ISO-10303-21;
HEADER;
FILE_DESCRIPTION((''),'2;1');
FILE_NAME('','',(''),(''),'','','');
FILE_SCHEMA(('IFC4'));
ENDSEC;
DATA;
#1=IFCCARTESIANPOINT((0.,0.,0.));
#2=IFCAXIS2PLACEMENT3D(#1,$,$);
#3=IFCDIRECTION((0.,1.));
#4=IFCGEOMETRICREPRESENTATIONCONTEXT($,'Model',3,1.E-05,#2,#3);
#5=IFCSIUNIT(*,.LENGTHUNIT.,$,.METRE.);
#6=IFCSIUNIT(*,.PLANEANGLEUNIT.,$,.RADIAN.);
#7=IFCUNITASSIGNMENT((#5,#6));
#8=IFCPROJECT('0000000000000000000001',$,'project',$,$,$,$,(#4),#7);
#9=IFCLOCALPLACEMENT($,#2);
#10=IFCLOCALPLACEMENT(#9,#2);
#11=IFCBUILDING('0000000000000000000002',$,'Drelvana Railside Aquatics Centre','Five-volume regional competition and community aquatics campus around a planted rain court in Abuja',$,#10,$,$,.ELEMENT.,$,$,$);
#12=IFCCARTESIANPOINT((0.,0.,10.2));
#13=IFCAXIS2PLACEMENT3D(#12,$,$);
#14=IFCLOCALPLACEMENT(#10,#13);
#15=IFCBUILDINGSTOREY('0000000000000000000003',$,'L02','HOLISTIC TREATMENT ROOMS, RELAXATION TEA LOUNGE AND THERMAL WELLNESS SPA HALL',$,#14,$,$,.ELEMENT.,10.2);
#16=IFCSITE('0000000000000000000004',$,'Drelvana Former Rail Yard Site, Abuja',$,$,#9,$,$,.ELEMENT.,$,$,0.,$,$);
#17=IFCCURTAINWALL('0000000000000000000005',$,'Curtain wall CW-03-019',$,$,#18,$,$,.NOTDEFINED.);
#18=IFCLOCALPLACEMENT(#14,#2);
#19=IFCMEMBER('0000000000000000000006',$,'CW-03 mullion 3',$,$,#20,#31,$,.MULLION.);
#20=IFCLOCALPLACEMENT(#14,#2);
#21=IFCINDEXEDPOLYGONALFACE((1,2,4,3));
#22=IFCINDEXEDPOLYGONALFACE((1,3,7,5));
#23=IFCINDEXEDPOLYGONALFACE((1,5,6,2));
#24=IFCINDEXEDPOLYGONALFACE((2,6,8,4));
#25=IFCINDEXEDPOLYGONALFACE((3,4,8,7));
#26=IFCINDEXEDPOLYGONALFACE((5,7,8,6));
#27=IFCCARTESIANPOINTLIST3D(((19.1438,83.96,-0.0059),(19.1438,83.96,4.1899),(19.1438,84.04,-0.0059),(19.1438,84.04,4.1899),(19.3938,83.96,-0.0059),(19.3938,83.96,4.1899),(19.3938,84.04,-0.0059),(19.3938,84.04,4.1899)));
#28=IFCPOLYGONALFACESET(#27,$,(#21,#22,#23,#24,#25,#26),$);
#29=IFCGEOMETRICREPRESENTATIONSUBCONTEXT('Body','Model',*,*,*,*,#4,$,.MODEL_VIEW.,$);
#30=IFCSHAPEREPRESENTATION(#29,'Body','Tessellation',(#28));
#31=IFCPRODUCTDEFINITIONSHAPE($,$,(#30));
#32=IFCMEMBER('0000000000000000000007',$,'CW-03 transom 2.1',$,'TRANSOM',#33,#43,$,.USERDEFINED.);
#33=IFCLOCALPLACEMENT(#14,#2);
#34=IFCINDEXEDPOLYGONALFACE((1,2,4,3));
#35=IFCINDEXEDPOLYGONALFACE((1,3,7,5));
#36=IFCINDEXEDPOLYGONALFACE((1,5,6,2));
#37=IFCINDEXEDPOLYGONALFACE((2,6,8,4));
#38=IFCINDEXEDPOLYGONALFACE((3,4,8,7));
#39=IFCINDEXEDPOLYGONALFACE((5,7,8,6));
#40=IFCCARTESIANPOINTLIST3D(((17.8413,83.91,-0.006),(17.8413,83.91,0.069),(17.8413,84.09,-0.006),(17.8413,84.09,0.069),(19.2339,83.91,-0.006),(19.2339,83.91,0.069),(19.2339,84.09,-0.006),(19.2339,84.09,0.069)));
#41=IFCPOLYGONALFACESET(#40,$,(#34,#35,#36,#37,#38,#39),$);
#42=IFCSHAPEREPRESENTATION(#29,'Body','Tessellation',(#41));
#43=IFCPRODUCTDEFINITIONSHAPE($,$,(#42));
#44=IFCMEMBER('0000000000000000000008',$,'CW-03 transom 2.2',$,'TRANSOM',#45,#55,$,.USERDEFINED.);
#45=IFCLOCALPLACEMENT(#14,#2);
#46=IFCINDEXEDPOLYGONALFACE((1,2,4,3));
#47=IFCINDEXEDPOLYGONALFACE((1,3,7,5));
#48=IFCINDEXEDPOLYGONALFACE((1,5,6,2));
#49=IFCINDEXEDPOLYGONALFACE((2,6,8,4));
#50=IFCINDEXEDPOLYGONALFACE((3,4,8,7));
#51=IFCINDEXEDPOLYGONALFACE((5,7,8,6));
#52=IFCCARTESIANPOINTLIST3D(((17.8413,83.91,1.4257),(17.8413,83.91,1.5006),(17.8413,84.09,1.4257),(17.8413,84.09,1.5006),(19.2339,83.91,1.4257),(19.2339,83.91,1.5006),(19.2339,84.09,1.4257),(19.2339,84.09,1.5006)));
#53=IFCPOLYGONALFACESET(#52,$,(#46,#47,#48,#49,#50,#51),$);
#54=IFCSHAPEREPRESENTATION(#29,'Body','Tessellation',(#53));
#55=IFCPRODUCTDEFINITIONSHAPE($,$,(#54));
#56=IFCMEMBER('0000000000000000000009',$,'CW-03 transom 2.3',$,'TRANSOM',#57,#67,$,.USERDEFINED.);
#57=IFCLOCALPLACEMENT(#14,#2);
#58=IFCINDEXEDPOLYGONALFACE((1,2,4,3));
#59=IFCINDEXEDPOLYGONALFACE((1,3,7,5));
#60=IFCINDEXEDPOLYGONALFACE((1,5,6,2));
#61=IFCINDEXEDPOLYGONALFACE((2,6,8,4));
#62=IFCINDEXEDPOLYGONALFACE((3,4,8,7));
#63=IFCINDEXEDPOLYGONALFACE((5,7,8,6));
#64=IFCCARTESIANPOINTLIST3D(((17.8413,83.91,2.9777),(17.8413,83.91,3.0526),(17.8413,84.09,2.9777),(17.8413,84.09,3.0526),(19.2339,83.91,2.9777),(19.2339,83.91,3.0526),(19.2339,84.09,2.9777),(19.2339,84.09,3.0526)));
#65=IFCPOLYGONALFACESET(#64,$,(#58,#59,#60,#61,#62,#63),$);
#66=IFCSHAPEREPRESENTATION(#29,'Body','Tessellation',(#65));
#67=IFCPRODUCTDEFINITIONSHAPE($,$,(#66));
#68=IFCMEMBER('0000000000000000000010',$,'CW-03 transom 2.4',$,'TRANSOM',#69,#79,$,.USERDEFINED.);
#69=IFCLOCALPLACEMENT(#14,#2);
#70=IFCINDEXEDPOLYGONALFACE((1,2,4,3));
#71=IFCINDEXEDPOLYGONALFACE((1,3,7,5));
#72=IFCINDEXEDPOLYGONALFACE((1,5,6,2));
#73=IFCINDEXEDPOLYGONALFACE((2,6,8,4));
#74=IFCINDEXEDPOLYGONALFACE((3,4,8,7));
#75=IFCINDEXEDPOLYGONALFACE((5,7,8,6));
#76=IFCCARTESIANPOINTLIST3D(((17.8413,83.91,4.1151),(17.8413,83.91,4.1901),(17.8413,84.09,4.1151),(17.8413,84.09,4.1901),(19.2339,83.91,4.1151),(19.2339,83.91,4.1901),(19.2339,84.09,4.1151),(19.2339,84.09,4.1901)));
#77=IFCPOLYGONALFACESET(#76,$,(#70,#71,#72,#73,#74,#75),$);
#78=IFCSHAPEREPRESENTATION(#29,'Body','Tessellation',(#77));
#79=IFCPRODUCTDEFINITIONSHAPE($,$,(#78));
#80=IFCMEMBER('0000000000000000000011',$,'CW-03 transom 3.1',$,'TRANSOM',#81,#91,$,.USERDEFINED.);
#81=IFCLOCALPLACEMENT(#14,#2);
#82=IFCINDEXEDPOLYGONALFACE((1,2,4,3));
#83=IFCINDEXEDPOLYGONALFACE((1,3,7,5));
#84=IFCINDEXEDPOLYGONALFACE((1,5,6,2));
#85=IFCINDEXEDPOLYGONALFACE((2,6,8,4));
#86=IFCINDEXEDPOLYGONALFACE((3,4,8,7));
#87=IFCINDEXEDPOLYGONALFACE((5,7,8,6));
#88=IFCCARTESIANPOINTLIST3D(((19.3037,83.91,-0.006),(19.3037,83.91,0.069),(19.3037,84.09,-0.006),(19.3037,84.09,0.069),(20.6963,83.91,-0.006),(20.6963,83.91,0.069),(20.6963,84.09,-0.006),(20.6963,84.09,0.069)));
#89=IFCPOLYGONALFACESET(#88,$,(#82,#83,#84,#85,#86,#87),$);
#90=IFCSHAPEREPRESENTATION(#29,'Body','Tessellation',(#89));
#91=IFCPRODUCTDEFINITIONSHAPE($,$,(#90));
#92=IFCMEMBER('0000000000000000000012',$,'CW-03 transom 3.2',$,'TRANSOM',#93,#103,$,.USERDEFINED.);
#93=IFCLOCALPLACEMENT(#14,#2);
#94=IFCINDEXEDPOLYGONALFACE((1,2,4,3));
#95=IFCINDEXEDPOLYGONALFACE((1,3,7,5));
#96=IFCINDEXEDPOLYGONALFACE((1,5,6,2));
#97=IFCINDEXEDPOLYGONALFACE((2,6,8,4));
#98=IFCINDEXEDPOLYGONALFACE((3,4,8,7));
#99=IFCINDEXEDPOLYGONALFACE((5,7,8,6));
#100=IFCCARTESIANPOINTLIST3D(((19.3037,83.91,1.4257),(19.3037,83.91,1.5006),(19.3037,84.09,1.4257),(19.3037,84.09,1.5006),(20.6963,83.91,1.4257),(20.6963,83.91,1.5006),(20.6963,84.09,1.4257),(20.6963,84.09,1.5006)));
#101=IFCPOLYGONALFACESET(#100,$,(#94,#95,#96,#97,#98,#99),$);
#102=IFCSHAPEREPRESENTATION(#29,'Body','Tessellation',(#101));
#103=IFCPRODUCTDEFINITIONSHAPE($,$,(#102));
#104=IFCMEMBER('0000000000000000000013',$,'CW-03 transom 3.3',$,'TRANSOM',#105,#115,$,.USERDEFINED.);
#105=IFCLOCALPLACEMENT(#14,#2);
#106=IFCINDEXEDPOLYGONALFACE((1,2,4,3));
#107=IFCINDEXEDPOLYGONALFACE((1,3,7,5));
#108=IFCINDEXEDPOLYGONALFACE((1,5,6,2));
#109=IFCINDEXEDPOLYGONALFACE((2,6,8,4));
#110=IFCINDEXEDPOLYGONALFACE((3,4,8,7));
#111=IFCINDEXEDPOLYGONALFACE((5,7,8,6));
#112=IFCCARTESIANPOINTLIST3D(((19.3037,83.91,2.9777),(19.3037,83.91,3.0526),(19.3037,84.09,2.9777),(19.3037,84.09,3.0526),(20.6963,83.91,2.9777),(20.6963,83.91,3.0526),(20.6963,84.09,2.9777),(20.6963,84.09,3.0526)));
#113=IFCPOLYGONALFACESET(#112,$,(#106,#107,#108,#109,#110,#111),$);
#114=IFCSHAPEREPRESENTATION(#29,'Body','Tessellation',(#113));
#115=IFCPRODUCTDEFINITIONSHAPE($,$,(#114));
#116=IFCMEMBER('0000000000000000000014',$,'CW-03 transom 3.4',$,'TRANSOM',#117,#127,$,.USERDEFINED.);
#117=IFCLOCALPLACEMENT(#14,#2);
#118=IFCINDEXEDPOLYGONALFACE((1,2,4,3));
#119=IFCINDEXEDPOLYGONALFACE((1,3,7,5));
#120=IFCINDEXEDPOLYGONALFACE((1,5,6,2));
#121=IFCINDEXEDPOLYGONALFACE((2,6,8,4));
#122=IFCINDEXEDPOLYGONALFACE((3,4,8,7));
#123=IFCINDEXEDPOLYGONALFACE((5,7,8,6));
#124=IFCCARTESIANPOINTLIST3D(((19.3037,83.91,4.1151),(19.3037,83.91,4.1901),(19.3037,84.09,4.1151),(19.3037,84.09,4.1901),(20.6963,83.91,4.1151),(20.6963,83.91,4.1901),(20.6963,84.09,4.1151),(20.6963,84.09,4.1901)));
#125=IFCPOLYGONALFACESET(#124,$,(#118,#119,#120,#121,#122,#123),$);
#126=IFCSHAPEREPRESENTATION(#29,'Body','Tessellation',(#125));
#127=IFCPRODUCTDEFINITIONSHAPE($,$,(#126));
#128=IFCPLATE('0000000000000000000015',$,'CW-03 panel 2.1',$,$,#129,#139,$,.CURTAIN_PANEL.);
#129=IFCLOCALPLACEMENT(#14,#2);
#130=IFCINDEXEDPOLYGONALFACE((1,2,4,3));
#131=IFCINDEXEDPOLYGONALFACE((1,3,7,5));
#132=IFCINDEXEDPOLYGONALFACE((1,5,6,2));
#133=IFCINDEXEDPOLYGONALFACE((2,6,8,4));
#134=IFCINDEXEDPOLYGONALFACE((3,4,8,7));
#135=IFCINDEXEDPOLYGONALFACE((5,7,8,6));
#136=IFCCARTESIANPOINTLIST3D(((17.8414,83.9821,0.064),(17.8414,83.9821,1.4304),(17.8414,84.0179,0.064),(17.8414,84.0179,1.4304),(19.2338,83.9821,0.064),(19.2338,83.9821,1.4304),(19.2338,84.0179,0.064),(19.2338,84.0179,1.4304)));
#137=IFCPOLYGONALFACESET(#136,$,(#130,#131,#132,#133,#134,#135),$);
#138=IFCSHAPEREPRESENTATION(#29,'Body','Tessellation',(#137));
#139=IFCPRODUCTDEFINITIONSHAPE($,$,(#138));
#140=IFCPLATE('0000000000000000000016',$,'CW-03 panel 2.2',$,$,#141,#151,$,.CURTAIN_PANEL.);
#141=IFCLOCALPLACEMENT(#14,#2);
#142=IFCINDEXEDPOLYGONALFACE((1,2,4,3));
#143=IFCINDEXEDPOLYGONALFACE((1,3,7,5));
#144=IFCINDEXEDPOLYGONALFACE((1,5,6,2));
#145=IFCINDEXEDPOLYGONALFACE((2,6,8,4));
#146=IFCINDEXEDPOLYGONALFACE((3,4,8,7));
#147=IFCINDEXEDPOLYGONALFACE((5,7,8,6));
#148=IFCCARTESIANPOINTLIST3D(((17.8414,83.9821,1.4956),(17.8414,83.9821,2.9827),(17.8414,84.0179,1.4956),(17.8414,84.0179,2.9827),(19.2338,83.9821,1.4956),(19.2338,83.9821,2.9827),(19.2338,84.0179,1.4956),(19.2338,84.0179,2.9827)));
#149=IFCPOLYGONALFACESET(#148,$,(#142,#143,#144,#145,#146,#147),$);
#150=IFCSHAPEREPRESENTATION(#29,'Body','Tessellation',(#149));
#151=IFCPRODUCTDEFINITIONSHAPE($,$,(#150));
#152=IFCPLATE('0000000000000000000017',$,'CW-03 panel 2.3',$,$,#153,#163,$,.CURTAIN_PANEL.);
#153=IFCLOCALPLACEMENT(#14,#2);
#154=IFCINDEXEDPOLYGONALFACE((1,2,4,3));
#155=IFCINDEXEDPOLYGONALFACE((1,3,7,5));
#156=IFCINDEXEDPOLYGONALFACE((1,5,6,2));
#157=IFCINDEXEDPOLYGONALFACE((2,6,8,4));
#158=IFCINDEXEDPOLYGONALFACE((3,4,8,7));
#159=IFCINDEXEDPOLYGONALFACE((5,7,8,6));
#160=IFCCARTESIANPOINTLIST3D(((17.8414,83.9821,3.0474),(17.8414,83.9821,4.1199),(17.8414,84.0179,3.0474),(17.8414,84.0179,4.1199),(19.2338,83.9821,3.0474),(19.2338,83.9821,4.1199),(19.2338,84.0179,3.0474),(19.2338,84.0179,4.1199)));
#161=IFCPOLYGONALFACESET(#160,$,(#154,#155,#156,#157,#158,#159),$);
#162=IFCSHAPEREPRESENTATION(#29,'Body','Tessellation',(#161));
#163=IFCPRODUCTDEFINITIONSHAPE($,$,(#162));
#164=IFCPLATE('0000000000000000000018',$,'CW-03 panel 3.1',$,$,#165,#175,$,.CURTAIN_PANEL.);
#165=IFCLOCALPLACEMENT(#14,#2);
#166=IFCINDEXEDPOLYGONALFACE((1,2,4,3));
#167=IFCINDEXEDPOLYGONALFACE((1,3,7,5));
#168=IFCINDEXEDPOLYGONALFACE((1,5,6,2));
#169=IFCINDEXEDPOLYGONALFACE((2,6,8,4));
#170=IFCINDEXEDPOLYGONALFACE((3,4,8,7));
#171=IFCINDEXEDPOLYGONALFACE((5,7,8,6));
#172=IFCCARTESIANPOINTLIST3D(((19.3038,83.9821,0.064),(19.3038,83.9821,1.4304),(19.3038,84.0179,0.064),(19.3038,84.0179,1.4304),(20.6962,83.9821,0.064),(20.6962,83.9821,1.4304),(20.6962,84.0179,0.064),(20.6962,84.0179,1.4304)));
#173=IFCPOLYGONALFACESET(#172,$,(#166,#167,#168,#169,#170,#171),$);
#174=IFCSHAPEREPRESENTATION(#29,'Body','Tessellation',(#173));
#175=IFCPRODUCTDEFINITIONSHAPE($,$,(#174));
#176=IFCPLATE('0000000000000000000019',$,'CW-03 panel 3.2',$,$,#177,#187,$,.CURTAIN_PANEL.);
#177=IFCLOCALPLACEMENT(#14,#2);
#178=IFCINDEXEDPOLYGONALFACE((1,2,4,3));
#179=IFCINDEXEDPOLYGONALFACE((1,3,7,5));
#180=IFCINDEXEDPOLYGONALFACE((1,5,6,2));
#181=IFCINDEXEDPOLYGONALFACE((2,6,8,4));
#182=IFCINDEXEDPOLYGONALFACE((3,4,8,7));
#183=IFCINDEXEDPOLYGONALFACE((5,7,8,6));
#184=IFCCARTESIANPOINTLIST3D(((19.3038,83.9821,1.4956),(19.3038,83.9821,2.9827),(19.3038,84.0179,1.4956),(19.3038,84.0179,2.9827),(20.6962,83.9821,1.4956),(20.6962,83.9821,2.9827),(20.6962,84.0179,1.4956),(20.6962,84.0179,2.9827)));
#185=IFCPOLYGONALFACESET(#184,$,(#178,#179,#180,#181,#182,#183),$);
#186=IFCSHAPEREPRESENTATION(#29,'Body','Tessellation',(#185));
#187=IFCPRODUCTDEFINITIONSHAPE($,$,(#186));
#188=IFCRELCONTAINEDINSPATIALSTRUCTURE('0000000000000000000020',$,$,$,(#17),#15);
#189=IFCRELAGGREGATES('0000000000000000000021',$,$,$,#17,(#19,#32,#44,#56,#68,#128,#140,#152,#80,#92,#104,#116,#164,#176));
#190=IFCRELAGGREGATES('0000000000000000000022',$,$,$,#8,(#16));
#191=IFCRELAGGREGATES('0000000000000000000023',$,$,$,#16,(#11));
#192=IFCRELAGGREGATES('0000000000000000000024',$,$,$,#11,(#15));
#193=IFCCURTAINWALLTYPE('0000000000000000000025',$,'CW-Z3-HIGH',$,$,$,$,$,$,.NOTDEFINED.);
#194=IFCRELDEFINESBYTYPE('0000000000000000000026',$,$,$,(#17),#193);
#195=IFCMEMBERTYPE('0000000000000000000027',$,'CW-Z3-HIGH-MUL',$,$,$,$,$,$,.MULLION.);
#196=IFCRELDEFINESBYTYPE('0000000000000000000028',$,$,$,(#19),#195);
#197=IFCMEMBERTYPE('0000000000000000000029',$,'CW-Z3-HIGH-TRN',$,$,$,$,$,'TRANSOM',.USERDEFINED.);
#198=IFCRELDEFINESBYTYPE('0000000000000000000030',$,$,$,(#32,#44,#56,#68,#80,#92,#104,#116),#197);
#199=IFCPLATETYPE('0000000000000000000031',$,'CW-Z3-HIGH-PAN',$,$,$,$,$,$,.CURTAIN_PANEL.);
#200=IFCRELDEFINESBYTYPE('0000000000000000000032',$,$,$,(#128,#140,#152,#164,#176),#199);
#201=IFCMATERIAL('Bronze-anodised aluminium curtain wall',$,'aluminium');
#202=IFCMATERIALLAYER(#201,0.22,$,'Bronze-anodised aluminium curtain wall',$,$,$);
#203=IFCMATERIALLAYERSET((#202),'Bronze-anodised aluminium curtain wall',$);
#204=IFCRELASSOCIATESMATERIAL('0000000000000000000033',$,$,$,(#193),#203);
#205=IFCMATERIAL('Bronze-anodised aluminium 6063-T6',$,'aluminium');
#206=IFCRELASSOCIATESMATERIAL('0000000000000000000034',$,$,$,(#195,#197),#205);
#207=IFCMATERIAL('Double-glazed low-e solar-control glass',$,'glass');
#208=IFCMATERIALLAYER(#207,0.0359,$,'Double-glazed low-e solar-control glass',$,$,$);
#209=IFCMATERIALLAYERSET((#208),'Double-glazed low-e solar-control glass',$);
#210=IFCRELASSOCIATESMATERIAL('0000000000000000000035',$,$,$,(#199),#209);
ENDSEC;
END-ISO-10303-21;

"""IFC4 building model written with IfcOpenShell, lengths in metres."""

from ifc_helpers import new_model, si_unit, direction, frame, origin, origin_2d, place, context, subcontext, project, spatial, rectangle, extrude, material, layer, layer_set, material_profile, profile_set, type_object, element, aggregate, save


model = new_model("IFC4")

# Units and contexts
model_context = context("Model", 3, precision=1e-05, world=origin(), true_north=direction((0.0, 1.0)))
body_context = subcontext(model_context, "Body", "Model", "MODEL_VIEW")
ifc_project = project(units=[si_unit("LENGTHUNIT", "METRE"), si_unit("PLANEANGLEUNIT", "RADIAN")], contexts=[model_context])

# Site, building, storey
site_placement = place(None, origin())
site = spatial("IfcSite", under=ifc_project, at=site_placement, Name="Drelvana Former Rail Yard Site, Abuja", CompositionType="ELEMENT", RefElevation=0.0)
building_placement = place(site_placement, origin())
building = spatial("IfcBuilding", under=site, at=building_placement, Name="Drelvana Railside Aquatics Centre", Description="Five-volume regional competition and community aquatics campus around a planted rain court in Abuja", CompositionType="ELEMENT")
storey_placement = place(building_placement, frame((0.0, 0.0, 10.2)))
storey = spatial("IfcBuildingStorey", under=building, at=storey_placement, Name="L02", Description="HOLISTIC TREATMENT ROOMS, RELAXATION TEA LOUNGE AND THERMAL WELLNESS SPA HALL", CompositionType="ELEMENT", Elevation=10.2)

# Curtain wall, members, plates
ifc_material_1 = material(Name="Bronze-anodised aluminium curtain wall", Category="aluminium")
ifc_layer_1 = layer(ifc_material_1, 0.22, Name="Bronze-anodised aluminium curtain wall")
ifc_layer_set_1 = layer_set([ifc_layer_1], Name="Bronze-anodised aluminium curtain wall")
curtain_wall_type = type_object("IfcCurtainWallType", Name="CW-Z3-HIGH", PredefinedType="NOTDEFINED", material=ifc_layer_set_1)
curtain_wall_placement = place(storey_placement, origin())
curtain_wall = element("IfcCurtainWall", 1, at=curtain_wall_placement, inside=storey, type_object=curtain_wall_type, Name="Curtain wall CW-03-019", PredefinedType="NOTDEFINED")
ifc_material_2 = material(Name="Bronze-anodised aluminium 6063-T6", Category="aluminium")
ifc_material_profile_1 = material_profile(ifc_material_2, rectangle(XDim=0.0801, YDim=0.25, at=origin_2d()), Name="ALU-M 80x250")
ifc_profile_set_1 = profile_set([ifc_material_profile_1], Name="Bronze-anodised aluminium 6063-T6")
member_type_1 = type_object("IfcMemberType", Name="CW-Z3-HIGH-MUL", PredefinedType="MULLION", material=ifc_profile_set_1)
member_1_placement = place(storey_placement, frame((19.2688, 84.0, -0.0059), z_axis=(0.0, 0.0, 1.0), x_axis=(0.0, 1.0, 0.0)))
member_1 = element("IfcMember", 2, at=member_1_placement, type_object=member_type_1, Name="CW-03 mullion 3", PredefinedType="MULLION", context=body_context, shape_type="SweptSolid", body=[
    extrude(rectangle(XDim=0.0801, YDim=0.25, at=origin_2d()), origin(), (0.0, 0.0, 1.0), 4.1958),
])
ifc_material_profile_2 = material_profile(ifc_material_2, rectangle(XDim=0.1799, YDim=0.075, at=origin_2d()), Name="ALU-T 75x180")
ifc_profile_set_2 = profile_set([ifc_material_profile_2], Name="Bronze-anodised aluminium 6063-T6")
member_type_2 = type_object("IfcMemberType", Name="CW-Z3-HIGH-TRN", ElementType="TRANSOM", PredefinedType="USERDEFINED", material=ifc_profile_set_2)
member_2_placement = place(storey_placement, frame((17.8413, 84.0, 0.0315), z_axis=(1.0, 0.0, 0.0), x_axis=(0.0, 1.0, 0.0)))
member_2 = element("IfcMember", 3, at=member_2_placement, type_object=member_type_2, Name="CW-03 transom 2.1", ObjectType="TRANSOM", PredefinedType="USERDEFINED", context=body_context, shape_type="SweptSolid", body=[
    extrude(rectangle(XDim=0.1799, YDim=0.075, at=origin_2d()), origin(), (0.0, 0.0, 1.0), 1.3926),
])
member_3_placement = place(storey_placement, frame((17.8413, 84.0, 1.4631), z_axis=(1.0, 0.0, 0.0), x_axis=(0.0, 1.0, 0.0)))
member_3 = element("IfcMember", 4, at=member_3_placement, type_object=member_type_2, Name="CW-03 transom 2.2", ObjectType="TRANSOM", PredefinedType="USERDEFINED", context=body_context, shape_type="SweptSolid", body=[
    extrude(rectangle(XDim=0.1799, YDim=0.075, at=origin_2d()), origin(), (0.0, 0.0, 1.0), 1.3926),
])
member_4_placement = place(storey_placement, frame((17.8413, 84.0, 3.0151), z_axis=(1.0, 0.0, 0.0), x_axis=(0.0, 1.0, 0.0)))
member_4 = element("IfcMember", 5, at=member_4_placement, type_object=member_type_2, Name="CW-03 transom 2.3", ObjectType="TRANSOM", PredefinedType="USERDEFINED", context=body_context, shape_type="SweptSolid", body=[
    extrude(rectangle(XDim=0.1799, YDim=0.075, at=origin_2d()), origin(), (0.0, 0.0, 1.0), 1.3926),
])
member_5_placement = place(storey_placement, frame((17.8413, 84.0, 4.1526), z_axis=(1.0, 0.0, 0.0), x_axis=(0.0, 1.0, 0.0)))
member_5 = element("IfcMember", 6, at=member_5_placement, type_object=member_type_2, Name="CW-03 transom 2.4", ObjectType="TRANSOM", PredefinedType="USERDEFINED", context=body_context, shape_type="SweptSolid", body=[
    extrude(rectangle(XDim=0.1799, YDim=0.075, at=origin_2d()), origin(), (0.0, 0.0, 1.0), 1.3926),
])
member_6_placement = place(storey_placement, frame((19.3037, 84.0, 0.0315), z_axis=(1.0, 0.0, 0.0), x_axis=(0.0, 1.0, 0.0)))
member_6 = element("IfcMember", 7, at=member_6_placement, type_object=member_type_2, Name="CW-03 transom 3.1", ObjectType="TRANSOM", PredefinedType="USERDEFINED", context=body_context, shape_type="SweptSolid", body=[
    extrude(rectangle(XDim=0.1799, YDim=0.075, at=origin_2d()), origin(), (0.0, 0.0, 1.0), 1.3926),
])
member_7_placement = place(storey_placement, frame((19.3037, 84.0, 1.4631), z_axis=(1.0, 0.0, 0.0), x_axis=(0.0, 1.0, 0.0)))
member_7 = element("IfcMember", 8, at=member_7_placement, type_object=member_type_2, Name="CW-03 transom 3.2", ObjectType="TRANSOM", PredefinedType="USERDEFINED", context=body_context, shape_type="SweptSolid", body=[
    extrude(rectangle(XDim=0.1799, YDim=0.075, at=origin_2d()), origin(), (0.0, 0.0, 1.0), 1.3926),
])
member_8_placement = place(storey_placement, frame((19.3037, 84.0, 3.0151), z_axis=(1.0, 0.0, 0.0), x_axis=(0.0, 1.0, 0.0)))
member_8 = element("IfcMember", 9, at=member_8_placement, type_object=member_type_2, Name="CW-03 transom 3.3", ObjectType="TRANSOM", PredefinedType="USERDEFINED", context=body_context, shape_type="SweptSolid", body=[
    extrude(rectangle(XDim=0.1799, YDim=0.075, at=origin_2d()), origin(), (0.0, 0.0, 1.0), 1.3926),
])
member_9_placement = place(storey_placement, frame((19.3037, 84.0, 4.1526), z_axis=(1.0, 0.0, 0.0), x_axis=(0.0, 1.0, 0.0)))
member_9 = element("IfcMember", 10, at=member_9_placement, type_object=member_type_2, Name="CW-03 transom 3.4", ObjectType="TRANSOM", PredefinedType="USERDEFINED", context=body_context, shape_type="SweptSolid", body=[
    extrude(rectangle(XDim=0.1799, YDim=0.075, at=origin_2d()), origin(), (0.0, 0.0, 1.0), 1.3926),
])
ifc_material_3 = material(Name="Double-glazed low-e solar-control glass", Category="glass")
ifc_layer_2 = layer(ifc_material_3, 0.0359, Name="Double-glazed low-e solar-control glass")
ifc_layer_set_2 = layer_set([ifc_layer_2], Name="Double-glazed low-e solar-control glass")
plate_type = type_object("IfcPlateType", Name="CW-Z3-HIGH-PAN", PredefinedType="CURTAIN_PANEL", material=ifc_layer_set_2)
plate_1_placement = place(storey_placement, frame((18.5376, 84.0, 0.064), z_axis=(0.0, 0.0, 1.0), x_axis=(1.0, 0.0, 0.0)))
plate_1 = element("IfcPlate", 11, at=plate_1_placement, type_object=plate_type, Name="CW-03 panel 2.1", PredefinedType="CURTAIN_PANEL", context=body_context, shape_type="SweptSolid", body=[
    extrude(rectangle(XDim=1.3923, YDim=0.0359, at=origin_2d()), origin(), (0.0, 0.0, 1.0), 1.3665),
])
plate_2_placement = place(storey_placement, frame((18.5376, 84.0, 1.4956), z_axis=(0.0, 0.0, 1.0), x_axis=(1.0, 0.0, 0.0)))
plate_2 = element("IfcPlate", 12, at=plate_2_placement, type_object=plate_type, Name="CW-03 panel 2.2", PredefinedType="CURTAIN_PANEL", context=body_context, shape_type="SweptSolid", body=[
    extrude(rectangle(XDim=1.3923, YDim=0.0359, at=origin_2d()), origin(), (0.0, 0.0, 1.0), 1.4871),
])
plate_3_placement = place(storey_placement, frame((18.5376, 84.0, 3.0474), z_axis=(0.0, 0.0, 1.0), x_axis=(1.0, 0.0, 0.0)))
plate_3 = element("IfcPlate", 13, at=plate_3_placement, type_object=plate_type, Name="CW-03 panel 2.3", PredefinedType="CURTAIN_PANEL", context=body_context, shape_type="SweptSolid", body=[
    extrude(rectangle(XDim=1.3923, YDim=0.0359, at=origin_2d()), origin(), (0.0, 0.0, 1.0), 1.0725),
])
plate_4_placement = place(storey_placement, frame((20.0, 84.0, 0.064), z_axis=(0.0, 0.0, 1.0), x_axis=(1.0, 0.0, 0.0)))
plate_4 = element("IfcPlate", 14, at=plate_4_placement, type_object=plate_type, Name="CW-03 panel 3.1", PredefinedType="CURTAIN_PANEL", context=body_context, shape_type="SweptSolid", body=[
    extrude(rectangle(XDim=1.3923, YDim=0.0359, at=origin_2d()), origin(), (0.0, 0.0, 1.0), 1.3665),
])
plate_5_placement = place(storey_placement, frame((20.0, 84.0, 1.4956), z_axis=(0.0, 0.0, 1.0), x_axis=(1.0, 0.0, 0.0)))
plate_5 = element("IfcPlate", 15, at=plate_5_placement, type_object=plate_type, Name="CW-03 panel 3.2", PredefinedType="CURTAIN_PANEL", context=body_context, shape_type="SweptSolid", body=[
    extrude(rectangle(XDim=1.3923, YDim=0.0359, at=origin_2d()), origin(), (0.0, 0.0, 1.0), 1.4871),
])
aggregate(curtain_wall, [member_1, member_2, member_3, member_4, member_5, plate_1, plate_2, plate_3, member_6, member_7, member_8, member_9, plate_4, plate_5])

save(model, "model.ifc")
